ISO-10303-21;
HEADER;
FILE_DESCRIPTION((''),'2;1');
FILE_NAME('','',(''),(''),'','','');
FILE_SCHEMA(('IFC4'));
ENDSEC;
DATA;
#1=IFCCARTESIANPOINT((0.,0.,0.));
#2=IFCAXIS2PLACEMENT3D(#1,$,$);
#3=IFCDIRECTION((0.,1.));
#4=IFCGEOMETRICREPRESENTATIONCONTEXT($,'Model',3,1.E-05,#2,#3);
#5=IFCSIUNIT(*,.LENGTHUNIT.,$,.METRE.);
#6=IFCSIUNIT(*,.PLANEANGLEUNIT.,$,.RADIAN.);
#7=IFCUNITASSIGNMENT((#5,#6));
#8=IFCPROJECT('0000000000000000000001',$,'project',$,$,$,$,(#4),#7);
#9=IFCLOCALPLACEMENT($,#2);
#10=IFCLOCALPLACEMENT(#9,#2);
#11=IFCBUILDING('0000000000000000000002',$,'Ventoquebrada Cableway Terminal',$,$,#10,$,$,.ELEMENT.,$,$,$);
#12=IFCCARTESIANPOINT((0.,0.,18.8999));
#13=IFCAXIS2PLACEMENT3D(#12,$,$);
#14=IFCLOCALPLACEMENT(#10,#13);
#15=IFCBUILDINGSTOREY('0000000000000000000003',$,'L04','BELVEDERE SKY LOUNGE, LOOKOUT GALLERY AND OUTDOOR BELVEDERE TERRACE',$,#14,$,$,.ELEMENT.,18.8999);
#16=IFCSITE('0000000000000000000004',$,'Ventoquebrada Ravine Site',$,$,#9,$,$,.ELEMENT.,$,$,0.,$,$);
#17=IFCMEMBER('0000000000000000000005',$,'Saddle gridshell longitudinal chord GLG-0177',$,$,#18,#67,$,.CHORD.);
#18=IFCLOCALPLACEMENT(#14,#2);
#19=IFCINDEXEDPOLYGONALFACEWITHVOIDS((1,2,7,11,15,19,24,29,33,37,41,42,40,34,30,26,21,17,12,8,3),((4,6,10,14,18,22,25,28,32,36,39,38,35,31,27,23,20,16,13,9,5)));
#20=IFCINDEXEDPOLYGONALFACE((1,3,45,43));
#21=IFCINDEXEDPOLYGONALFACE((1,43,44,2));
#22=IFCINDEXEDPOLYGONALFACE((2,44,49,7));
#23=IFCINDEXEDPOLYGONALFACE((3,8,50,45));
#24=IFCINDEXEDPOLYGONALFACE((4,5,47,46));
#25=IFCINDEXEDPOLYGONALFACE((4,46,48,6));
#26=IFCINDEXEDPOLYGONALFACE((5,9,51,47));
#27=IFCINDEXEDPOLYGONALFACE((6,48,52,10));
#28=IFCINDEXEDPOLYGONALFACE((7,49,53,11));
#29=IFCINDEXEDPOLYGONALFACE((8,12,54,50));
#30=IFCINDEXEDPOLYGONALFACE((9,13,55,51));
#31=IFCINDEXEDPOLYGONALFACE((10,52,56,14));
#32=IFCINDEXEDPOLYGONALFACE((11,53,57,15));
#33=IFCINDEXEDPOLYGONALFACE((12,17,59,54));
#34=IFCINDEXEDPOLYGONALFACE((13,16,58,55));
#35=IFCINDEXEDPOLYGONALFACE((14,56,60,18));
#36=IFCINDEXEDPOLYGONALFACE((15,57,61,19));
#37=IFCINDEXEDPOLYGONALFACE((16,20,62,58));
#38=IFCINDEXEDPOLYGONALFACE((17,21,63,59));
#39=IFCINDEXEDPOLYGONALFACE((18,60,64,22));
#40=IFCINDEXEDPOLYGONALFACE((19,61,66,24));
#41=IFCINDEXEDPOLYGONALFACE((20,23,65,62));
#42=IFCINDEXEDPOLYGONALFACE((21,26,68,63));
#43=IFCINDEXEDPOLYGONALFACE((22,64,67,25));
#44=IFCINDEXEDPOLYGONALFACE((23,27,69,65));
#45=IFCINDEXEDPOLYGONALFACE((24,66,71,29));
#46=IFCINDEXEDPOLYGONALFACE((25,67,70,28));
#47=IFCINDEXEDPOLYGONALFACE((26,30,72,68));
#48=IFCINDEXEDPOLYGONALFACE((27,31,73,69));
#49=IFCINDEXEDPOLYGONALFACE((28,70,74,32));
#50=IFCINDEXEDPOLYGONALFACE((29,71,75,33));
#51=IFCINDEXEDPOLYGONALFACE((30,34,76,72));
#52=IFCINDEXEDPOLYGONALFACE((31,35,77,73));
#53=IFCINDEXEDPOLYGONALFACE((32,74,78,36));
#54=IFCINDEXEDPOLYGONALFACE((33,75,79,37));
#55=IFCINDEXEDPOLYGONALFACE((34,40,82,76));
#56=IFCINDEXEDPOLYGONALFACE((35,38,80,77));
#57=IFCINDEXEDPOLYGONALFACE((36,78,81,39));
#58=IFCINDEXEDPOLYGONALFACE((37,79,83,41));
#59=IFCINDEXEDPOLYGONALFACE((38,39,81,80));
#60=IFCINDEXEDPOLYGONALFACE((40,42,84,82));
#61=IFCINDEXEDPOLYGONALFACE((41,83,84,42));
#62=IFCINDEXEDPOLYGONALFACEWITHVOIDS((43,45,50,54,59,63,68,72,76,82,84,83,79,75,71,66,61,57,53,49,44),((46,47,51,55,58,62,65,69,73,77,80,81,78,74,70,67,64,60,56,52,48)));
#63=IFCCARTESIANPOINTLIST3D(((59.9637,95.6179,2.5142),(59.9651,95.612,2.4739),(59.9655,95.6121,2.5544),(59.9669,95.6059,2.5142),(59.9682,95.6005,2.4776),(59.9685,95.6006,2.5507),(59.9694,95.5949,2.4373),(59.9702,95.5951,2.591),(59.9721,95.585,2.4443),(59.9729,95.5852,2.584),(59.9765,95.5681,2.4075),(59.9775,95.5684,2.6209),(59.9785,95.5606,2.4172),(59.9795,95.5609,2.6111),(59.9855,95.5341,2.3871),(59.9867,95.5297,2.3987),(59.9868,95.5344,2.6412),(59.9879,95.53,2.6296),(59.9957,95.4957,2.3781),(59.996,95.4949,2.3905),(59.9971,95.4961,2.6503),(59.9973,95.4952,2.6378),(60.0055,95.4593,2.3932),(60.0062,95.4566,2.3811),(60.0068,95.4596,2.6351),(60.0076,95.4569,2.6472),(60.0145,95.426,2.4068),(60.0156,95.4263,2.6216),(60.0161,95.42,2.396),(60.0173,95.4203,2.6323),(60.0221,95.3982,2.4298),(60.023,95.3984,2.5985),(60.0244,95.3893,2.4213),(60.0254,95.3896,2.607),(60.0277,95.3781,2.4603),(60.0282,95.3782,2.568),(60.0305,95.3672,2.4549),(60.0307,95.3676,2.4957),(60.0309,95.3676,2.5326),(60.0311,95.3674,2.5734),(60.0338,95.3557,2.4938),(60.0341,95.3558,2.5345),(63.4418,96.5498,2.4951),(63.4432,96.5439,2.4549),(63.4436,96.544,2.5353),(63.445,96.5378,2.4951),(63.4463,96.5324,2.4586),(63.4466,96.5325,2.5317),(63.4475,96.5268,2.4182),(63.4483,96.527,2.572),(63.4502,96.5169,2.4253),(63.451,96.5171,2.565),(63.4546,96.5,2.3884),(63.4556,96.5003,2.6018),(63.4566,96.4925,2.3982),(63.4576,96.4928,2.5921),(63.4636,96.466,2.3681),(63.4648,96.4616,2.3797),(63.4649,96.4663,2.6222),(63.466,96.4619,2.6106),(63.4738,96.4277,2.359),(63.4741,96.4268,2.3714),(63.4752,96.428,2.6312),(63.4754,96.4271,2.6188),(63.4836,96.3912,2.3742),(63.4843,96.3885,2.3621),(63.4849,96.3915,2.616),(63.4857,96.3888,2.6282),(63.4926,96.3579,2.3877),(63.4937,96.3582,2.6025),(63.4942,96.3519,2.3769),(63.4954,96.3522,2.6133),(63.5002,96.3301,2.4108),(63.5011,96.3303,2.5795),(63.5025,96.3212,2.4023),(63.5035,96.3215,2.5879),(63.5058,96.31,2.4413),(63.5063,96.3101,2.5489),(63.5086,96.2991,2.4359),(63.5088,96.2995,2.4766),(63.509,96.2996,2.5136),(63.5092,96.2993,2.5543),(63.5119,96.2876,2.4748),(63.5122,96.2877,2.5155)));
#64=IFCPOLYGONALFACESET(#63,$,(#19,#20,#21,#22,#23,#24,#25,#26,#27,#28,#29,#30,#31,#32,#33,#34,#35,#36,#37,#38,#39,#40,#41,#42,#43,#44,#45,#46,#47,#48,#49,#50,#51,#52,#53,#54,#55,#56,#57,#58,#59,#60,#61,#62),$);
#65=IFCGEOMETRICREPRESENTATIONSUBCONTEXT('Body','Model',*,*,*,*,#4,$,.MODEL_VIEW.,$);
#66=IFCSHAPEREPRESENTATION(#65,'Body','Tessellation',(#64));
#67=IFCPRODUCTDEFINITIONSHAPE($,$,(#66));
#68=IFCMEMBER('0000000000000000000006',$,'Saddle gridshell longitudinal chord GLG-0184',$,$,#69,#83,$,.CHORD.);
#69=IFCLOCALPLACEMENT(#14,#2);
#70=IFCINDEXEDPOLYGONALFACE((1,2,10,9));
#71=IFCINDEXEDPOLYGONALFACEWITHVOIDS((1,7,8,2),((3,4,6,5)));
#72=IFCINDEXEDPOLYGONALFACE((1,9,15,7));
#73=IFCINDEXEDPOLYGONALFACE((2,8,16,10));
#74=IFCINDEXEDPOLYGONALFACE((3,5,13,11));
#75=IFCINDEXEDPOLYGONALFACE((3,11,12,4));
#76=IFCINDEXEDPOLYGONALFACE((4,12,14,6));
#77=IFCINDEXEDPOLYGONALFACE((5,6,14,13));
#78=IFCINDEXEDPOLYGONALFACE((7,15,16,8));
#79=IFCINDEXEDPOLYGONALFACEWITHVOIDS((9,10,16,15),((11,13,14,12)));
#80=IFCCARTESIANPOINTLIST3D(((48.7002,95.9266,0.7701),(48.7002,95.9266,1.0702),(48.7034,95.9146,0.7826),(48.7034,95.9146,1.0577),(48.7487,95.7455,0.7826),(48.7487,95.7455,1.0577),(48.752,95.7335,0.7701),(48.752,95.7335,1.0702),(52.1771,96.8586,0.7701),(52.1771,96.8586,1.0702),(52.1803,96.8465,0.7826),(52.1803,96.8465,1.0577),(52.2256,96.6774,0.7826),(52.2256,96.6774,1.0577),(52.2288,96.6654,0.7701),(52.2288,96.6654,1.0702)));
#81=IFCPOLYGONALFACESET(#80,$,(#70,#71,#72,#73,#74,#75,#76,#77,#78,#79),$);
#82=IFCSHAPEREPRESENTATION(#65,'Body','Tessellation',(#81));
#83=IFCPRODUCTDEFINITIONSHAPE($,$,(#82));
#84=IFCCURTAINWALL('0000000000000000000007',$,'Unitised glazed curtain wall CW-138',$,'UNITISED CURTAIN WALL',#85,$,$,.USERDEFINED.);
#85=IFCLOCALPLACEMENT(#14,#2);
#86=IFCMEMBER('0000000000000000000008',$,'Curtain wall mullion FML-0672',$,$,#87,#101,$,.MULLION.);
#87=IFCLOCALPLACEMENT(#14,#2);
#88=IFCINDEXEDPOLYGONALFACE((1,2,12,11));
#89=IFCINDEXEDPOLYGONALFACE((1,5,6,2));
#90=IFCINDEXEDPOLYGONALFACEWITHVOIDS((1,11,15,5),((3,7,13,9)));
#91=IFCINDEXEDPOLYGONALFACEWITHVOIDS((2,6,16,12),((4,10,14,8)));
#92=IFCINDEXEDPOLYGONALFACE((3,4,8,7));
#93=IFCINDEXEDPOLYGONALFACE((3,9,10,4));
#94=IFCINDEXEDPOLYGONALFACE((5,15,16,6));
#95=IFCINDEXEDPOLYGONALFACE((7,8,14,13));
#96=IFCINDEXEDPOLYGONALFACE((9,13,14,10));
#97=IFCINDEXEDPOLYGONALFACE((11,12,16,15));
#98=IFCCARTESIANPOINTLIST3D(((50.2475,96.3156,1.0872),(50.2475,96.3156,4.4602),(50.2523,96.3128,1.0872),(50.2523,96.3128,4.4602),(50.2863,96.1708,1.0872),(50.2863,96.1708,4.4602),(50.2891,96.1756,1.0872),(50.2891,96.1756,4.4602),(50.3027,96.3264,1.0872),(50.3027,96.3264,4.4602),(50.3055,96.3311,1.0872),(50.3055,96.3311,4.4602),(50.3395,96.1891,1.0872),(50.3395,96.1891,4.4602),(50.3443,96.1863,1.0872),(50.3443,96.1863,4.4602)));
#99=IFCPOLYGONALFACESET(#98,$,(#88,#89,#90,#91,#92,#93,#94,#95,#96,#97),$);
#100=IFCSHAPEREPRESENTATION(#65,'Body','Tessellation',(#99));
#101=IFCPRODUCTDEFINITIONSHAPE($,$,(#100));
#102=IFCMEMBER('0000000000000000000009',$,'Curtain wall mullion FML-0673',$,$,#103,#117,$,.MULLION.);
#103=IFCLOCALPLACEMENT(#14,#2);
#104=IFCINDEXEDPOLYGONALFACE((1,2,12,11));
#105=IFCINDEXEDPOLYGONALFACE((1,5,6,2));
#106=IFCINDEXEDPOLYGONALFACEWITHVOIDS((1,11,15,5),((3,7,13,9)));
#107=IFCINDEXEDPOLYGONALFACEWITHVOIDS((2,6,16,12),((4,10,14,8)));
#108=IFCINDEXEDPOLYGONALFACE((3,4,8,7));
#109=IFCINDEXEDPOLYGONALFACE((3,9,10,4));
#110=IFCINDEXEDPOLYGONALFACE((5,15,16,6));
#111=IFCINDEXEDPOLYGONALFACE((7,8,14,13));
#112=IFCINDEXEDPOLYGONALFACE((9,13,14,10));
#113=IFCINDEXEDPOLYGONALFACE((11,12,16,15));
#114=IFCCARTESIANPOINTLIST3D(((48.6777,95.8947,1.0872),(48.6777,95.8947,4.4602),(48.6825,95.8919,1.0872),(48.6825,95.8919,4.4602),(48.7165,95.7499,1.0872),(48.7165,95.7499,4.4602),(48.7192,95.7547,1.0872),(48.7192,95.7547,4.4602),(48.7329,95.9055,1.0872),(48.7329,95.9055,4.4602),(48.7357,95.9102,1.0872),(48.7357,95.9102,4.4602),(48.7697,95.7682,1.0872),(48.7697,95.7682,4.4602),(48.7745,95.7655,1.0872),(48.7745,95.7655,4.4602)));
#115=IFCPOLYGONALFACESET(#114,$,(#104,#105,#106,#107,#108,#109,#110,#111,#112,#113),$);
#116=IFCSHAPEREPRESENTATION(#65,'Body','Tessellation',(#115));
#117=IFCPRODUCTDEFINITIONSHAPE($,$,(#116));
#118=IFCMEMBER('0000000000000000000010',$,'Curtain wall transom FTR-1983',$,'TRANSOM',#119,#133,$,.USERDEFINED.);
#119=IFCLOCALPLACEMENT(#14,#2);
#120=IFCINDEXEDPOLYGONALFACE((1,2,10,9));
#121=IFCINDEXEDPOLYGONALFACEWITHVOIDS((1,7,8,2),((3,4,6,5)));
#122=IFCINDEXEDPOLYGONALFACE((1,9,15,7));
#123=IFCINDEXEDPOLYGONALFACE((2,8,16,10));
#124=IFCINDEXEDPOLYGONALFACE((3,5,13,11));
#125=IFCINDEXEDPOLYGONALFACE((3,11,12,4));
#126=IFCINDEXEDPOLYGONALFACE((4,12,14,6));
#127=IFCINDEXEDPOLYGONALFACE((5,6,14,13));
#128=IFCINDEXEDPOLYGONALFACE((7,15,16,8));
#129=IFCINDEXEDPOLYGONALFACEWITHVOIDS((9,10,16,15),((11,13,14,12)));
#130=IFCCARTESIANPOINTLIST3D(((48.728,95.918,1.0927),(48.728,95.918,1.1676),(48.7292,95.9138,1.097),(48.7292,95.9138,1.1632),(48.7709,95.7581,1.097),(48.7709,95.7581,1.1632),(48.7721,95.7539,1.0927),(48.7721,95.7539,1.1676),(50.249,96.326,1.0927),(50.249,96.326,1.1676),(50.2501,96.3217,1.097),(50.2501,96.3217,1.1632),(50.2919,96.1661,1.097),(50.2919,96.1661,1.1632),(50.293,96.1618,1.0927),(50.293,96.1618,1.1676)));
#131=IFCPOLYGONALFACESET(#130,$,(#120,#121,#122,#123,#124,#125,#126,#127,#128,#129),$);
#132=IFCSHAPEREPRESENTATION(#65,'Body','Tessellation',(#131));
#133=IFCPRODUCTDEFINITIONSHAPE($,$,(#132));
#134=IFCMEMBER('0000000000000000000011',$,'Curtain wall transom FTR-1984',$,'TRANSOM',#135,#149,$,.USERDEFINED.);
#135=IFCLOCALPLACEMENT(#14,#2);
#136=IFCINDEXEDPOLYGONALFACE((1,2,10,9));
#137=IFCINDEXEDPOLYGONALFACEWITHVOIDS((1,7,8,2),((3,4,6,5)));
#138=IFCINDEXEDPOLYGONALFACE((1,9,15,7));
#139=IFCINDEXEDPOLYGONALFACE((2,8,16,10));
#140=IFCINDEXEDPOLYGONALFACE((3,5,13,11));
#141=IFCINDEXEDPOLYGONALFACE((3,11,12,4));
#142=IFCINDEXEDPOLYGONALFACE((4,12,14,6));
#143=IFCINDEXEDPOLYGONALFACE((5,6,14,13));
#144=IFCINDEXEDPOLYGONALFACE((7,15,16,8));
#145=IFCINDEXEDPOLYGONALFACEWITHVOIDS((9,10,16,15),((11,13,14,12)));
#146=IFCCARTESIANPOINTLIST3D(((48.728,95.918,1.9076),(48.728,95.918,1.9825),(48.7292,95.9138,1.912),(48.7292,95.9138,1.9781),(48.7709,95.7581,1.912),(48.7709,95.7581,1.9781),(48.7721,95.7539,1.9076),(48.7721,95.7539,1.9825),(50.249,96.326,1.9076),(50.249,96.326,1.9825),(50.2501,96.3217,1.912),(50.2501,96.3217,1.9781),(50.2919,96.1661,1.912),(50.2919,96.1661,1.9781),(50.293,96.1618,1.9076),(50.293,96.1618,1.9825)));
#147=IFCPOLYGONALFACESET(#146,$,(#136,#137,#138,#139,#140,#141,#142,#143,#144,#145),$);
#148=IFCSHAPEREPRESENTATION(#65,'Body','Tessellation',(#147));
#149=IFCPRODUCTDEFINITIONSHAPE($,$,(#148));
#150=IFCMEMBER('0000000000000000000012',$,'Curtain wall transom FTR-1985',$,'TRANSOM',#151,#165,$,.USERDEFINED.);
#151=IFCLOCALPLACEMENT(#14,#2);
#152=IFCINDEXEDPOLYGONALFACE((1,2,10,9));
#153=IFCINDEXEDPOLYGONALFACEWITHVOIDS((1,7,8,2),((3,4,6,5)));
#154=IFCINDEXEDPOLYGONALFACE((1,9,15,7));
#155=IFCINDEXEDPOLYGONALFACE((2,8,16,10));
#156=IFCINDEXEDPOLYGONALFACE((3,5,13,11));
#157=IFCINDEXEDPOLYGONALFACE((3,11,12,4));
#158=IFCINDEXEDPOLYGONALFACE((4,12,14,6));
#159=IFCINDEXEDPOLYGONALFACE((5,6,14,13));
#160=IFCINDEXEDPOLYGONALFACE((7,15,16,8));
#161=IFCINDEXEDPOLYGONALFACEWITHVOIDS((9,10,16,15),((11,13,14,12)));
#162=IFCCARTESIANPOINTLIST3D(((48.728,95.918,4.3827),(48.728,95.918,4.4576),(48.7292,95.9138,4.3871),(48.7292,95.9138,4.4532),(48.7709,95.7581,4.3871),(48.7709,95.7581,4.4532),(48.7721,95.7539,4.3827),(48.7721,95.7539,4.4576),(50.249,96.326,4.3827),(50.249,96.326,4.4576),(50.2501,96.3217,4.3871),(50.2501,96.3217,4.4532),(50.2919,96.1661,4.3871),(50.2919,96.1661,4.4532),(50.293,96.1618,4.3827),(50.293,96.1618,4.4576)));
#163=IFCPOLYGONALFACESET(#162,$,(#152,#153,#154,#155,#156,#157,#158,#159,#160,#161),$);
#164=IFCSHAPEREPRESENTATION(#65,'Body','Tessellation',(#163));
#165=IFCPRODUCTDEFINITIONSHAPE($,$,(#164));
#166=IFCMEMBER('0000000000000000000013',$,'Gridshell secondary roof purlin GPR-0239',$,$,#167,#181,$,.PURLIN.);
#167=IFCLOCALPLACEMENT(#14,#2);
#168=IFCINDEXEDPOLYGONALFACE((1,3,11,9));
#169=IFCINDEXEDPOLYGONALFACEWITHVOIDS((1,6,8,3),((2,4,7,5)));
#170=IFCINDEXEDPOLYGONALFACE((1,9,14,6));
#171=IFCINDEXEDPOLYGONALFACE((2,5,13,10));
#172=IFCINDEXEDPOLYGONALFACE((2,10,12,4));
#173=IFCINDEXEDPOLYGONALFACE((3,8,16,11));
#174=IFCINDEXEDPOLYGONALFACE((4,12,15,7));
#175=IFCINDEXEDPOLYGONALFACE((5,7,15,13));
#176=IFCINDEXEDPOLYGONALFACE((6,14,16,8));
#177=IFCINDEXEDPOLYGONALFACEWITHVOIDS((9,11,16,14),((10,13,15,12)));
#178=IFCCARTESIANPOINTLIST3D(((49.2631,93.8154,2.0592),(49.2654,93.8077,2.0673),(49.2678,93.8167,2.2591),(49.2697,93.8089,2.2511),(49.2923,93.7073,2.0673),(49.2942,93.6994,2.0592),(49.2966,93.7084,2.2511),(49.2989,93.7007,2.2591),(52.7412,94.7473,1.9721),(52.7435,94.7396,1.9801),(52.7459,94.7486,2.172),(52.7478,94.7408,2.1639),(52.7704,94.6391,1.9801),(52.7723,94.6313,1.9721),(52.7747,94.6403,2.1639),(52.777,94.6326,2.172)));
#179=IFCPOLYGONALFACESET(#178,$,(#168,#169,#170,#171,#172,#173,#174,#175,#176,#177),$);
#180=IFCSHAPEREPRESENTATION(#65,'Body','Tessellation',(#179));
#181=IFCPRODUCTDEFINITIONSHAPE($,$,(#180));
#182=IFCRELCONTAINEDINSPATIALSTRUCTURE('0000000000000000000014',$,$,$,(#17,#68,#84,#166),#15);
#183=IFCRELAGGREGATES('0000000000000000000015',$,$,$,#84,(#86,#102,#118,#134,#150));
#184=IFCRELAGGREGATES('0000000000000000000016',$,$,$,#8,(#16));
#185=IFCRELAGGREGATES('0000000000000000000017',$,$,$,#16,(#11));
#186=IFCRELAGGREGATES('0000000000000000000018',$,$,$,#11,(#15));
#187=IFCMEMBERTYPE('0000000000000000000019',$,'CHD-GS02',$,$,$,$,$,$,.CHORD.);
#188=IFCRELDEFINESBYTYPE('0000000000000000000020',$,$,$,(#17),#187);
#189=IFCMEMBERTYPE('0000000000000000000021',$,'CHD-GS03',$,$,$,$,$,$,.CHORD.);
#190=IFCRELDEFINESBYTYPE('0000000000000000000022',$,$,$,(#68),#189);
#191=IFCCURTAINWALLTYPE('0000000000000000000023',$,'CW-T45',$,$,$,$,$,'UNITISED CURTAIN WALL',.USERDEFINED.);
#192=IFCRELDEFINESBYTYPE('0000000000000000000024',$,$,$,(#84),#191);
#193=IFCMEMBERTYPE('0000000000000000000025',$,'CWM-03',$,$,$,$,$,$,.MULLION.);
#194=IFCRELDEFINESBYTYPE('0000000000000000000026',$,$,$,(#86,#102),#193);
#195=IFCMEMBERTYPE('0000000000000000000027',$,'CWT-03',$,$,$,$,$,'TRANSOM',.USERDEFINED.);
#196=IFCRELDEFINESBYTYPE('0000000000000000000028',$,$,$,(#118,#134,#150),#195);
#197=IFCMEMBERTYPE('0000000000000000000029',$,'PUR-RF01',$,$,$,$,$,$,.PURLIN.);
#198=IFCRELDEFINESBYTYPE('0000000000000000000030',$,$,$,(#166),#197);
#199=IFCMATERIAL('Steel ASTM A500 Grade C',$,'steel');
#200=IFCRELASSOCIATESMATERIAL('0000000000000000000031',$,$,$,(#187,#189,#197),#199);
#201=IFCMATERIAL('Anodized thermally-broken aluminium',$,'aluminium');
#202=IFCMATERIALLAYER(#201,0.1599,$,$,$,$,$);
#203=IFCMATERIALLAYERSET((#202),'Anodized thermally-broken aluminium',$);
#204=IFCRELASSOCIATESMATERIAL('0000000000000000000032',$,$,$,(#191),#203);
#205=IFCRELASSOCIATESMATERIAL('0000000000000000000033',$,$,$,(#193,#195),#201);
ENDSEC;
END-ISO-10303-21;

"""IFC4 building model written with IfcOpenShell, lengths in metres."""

from ifc_helpers import new_model, si_unit, direction, frame, origin, origin_2d, place, context, subcontext, project, spatial, hollow_rectangle, hollow_circle, extrude, material, layer, layer_set, material_profile, profile_set, type_object, element, aggregate, save


model = new_model("IFC4")

# Units and contexts
model_context = context("Model", 3, precision=1e-05, world=origin(), true_north=direction((0.0, 1.0)))
body_context = subcontext(model_context, "Body", "Model", "MODEL_VIEW")
ifc_project = project(units=[si_unit("LENGTHUNIT", "METRE"), si_unit("PLANEANGLEUNIT", "RADIAN")], contexts=[model_context])

# Site, building, storey
site_placement = place(None, origin())
site = spatial("IfcSite", under=ifc_project, at=site_placement, Name="Ventoquebrada Ravine Site", CompositionType="ELEMENT", RefElevation=0.0)
building_placement = place(site_placement, origin())
building = spatial("IfcBuilding", under=site, at=building_placement, Name="Ventoquebrada Cableway Terminal", CompositionType="ELEMENT")
storey_placement = place(building_placement, frame((0.0, 0.0, 18.8999)))
storey = spatial("IfcBuildingStorey", under=building, at=storey_placement, Name="L04", Description="BELVEDERE SKY LOUNGE, LOOKOUT GALLERY AND OUTDOOR BELVEDERE TERRACE", CompositionType="ELEMENT", Elevation=18.8999)

# Members
ifc_material_1 = material(Name="Steel ASTM A500 Grade C", Category="steel")
ifc_material_profile_1 = material_profile(ifc_material_1, hollow_circle(Radius=0.1365, WallThickness=0.0125, at=origin_2d()), Name="CHS273.0X12.5")
ifc_profile_set_1 = profile_set([ifc_material_profile_1], Name="Steel ASTM A500 Grade C")
member_type_1 = type_object("IfcMemberType", Name="CHD-GS02", PredefinedType="CHORD", material=ifc_profile_set_1)
member_1_placement = place(storey_placement, frame((59.999, 95.4861, 2.5142), z_axis=(0.965916, 0.258803, -0.005289), x_axis=(-0.258806, 0.965929, 0.0)))
element("IfcMember", 1, at=member_1_placement, inside=storey, type_object=member_type_1, Name="Saddle gridshell longitudinal chord GLG-0177", PredefinedType="CHORD", context=body_context, shape_type="SweptSolid", body=[
    extrude(hollow_circle(Radius=0.1365, WallThickness=0.0125, at=origin_2d()), origin(), (0.0, 0.0, 1.0), 3.6008),
])
ifc_material_profile_2 = material_profile(ifc_material_1, hollow_rectangle(XDim=0.2, YDim=0.3, WallThickness=0.0125, at=origin_2d()), Name="RHS300X200X12.5")
ifc_profile_set_2 = profile_set([ifc_material_profile_2], Name="Steel ASTM A500 Grade C")
member_type_2 = type_object("IfcMemberType", Name="CHD-GS03", PredefinedType="CHORD", material=ifc_profile_set_2)
member_2_placement = place(storey_placement, frame((48.7261, 95.8301, 0.9202), z_axis=(0.965907, 0.258891, 0.0), x_axis=(-0.258891, 0.965907, 0.0)))
element("IfcMember", 2, at=member_2_placement, inside=storey, type_object=member_type_2, Name="Saddle gridshell longitudinal chord GLG-0184", PredefinedType="CHORD", context=body_context, shape_type="SweptSolid", body=[
    extrude(hollow_rectangle(XDim=0.2, YDim=0.3, WallThickness=0.0125, at=origin_2d()), origin(), (0.0, 0.0, 1.0), 3.5996),
])

# Curtain wall, members
ifc_material_2 = material(Name="Anodized thermally-broken aluminium", Category="aluminium")
ifc_layer_1 = layer(ifc_material_2, 0.1599)
ifc_layer_set_1 = layer_set([ifc_layer_1], Name="Anodized thermally-broken aluminium")
curtain_wall_type = type_object("IfcCurtainWallType", Name="CW-T45", ElementType="UNITISED CURTAIN WALL", PredefinedType="USERDEFINED", material=ifc_layer_set_1)
curtain_wall_placement = place(storey_placement, origin())
curtain_wall = element("IfcCurtainWall", 3, at=curtain_wall_placement, inside=storey, type_object=curtain_wall_type, Name="Unitised glazed curtain wall CW-138", ObjectType="UNITISED CURTAIN WALL", PredefinedType="USERDEFINED")
ifc_material_profile_3 = material_profile(ifc_material_2, hollow_rectangle(XDim=0.0601, YDim=0.1499, WallThickness=0.0039, at=origin_2d()), Name="CW-MUL-60X150")
ifc_profile_set_3 = profile_set([ifc_material_profile_3], Name="Anodized thermally-broken aluminium")
member_type_3 = type_object("IfcMemberType", Name="CWM-03", PredefinedType="MULLION", material=ifc_profile_set_3)
member_3_placement = place(storey_placement, frame((50.2959, 96.251, 1.0872), z_axis=(0.0, 0.0, 1.0), x_axis=(-0.965935, -0.258785, 0.0)))
member_3 = element("IfcMember", 4, at=member_3_placement, type_object=member_type_3, Name="Curtain wall mullion FML-0672", PredefinedType="MULLION", context=body_context, shape_type="SweptSolid", body=[
    extrude(hollow_rectangle(XDim=0.0601, YDim=0.1499, WallThickness=0.0039, at=origin_2d()), origin(), (0.0, 0.0, 1.0), 3.373),
])
member_4_placement = place(storey_placement, frame((48.7261, 95.8301, 1.0872), z_axis=(0.0, 0.0, 1.0), x_axis=(-0.965935, -0.258785, 0.0)))
member_4 = element("IfcMember", 5, at=member_4_placement, type_object=member_type_3, Name="Curtain wall mullion FML-0673", PredefinedType="MULLION", context=body_context, shape_type="SweptSolid", body=[
    extrude(hollow_rectangle(XDim=0.0601, YDim=0.1499, WallThickness=0.0039, at=origin_2d()), origin(), (0.0, 0.0, 1.0), 3.373),
])
ifc_material_profile_4 = material_profile(ifc_material_2, hollow_rectangle(XDim=0.075, YDim=0.1699, WallThickness=0.0044, at=origin_2d()), Name="CW-TRN-75X170")
ifc_profile_set_4 = profile_set([ifc_material_profile_4], Name="Anodized thermally-broken aluminium")
member_type_4 = type_object("IfcMemberType", Name="CWT-03", ElementType="TRANSOM", PredefinedType="USERDEFINED", material=ifc_profile_set_4)
member_5_placement = place(storey_placement, frame((50.271, 96.2439, 1.1301), z_axis=(-0.965861, -0.259062, 0.0), x_axis=(0.0, 0.0, 1.0)))
member_5 = element("IfcMember", 6, at=member_5_placement, type_object=member_type_4, Name="Curtain wall transom FTR-1983", ObjectType="TRANSOM", PredefinedType="USERDEFINED", context=body_context, shape_type="SweptSolid", body=[
    extrude(hollow_rectangle(XDim=0.075, YDim=0.1699, WallThickness=0.0044, at=origin_2d()), origin(), (0.0, 0.0, 1.0), 1.5747),
])
member_6_placement = place(storey_placement, frame((50.271, 96.2439, 1.9451), z_axis=(-0.965861, -0.259062, 0.0), x_axis=(0.0, 0.0, 1.0)))
member_6 = element("IfcMember", 7, at=member_6_placement, type_object=member_type_4, Name="Curtain wall transom FTR-1984", ObjectType="TRANSOM", PredefinedType="USERDEFINED", context=body_context, shape_type="SweptSolid", body=[
    extrude(hollow_rectangle(XDim=0.075, YDim=0.1699, WallThickness=0.0044, at=origin_2d()), origin(), (0.0, 0.0, 1.0), 1.5747),
])
member_7_placement = place(storey_placement, frame((50.271, 96.2439, 4.4202), z_axis=(-0.965861, -0.259062, 0.0), x_axis=(0.0, 0.0, 1.0)))
member_7 = element("IfcMember", 8, at=member_7_placement, type_object=member_type_4, Name="Curtain wall transom FTR-1985", ObjectType="TRANSOM", PredefinedType="USERDEFINED", context=body_context, shape_type="SweptSolid", body=[
    extrude(hollow_rectangle(XDim=0.075, YDim=0.1699, WallThickness=0.0044, at=origin_2d()), origin(), (0.0, 0.0, 1.0), 1.5747),
])

# Member
ifc_material_profile_5 = material_profile(ifc_material_1, hollow_rectangle(XDim=0.1201, YDim=0.2, WallThickness=0.0081, at=origin_2d()), Name="RHS200X120X8")
ifc_profile_set_5 = profile_set([ifc_material_profile_5], Name="Steel ASTM A500 Grade C")
member_type_5 = type_object("IfcMemberType", Name="PUR-RF01", PredefinedType="PURLIN", material=ifc_profile_set_5)
member_8_placement = place(storey_placement, frame((49.281, 93.7581, 2.1592), z_axis=(0.965646, 0.25873, -0.024199), x_axis=(-0.258806, 0.965929, 0.0)))
element("IfcMember", 9, at=member_8_placement, inside=storey, type_object=member_type_5, Name="Gridshell secondary roof purlin GPR-0239", PredefinedType="PURLIN", context=body_context, shape_type="SweptSolid", body=[
    extrude(hollow_rectangle(XDim=0.1201, YDim=0.2, WallThickness=0.0081, at=origin_2d()), origin(), (0.0, 0.0, 1.0), 3.6018),
])

aggregate(curtain_wall, [member_3, member_4, member_5, member_6, member_7])

save(model, "model.ifc")
